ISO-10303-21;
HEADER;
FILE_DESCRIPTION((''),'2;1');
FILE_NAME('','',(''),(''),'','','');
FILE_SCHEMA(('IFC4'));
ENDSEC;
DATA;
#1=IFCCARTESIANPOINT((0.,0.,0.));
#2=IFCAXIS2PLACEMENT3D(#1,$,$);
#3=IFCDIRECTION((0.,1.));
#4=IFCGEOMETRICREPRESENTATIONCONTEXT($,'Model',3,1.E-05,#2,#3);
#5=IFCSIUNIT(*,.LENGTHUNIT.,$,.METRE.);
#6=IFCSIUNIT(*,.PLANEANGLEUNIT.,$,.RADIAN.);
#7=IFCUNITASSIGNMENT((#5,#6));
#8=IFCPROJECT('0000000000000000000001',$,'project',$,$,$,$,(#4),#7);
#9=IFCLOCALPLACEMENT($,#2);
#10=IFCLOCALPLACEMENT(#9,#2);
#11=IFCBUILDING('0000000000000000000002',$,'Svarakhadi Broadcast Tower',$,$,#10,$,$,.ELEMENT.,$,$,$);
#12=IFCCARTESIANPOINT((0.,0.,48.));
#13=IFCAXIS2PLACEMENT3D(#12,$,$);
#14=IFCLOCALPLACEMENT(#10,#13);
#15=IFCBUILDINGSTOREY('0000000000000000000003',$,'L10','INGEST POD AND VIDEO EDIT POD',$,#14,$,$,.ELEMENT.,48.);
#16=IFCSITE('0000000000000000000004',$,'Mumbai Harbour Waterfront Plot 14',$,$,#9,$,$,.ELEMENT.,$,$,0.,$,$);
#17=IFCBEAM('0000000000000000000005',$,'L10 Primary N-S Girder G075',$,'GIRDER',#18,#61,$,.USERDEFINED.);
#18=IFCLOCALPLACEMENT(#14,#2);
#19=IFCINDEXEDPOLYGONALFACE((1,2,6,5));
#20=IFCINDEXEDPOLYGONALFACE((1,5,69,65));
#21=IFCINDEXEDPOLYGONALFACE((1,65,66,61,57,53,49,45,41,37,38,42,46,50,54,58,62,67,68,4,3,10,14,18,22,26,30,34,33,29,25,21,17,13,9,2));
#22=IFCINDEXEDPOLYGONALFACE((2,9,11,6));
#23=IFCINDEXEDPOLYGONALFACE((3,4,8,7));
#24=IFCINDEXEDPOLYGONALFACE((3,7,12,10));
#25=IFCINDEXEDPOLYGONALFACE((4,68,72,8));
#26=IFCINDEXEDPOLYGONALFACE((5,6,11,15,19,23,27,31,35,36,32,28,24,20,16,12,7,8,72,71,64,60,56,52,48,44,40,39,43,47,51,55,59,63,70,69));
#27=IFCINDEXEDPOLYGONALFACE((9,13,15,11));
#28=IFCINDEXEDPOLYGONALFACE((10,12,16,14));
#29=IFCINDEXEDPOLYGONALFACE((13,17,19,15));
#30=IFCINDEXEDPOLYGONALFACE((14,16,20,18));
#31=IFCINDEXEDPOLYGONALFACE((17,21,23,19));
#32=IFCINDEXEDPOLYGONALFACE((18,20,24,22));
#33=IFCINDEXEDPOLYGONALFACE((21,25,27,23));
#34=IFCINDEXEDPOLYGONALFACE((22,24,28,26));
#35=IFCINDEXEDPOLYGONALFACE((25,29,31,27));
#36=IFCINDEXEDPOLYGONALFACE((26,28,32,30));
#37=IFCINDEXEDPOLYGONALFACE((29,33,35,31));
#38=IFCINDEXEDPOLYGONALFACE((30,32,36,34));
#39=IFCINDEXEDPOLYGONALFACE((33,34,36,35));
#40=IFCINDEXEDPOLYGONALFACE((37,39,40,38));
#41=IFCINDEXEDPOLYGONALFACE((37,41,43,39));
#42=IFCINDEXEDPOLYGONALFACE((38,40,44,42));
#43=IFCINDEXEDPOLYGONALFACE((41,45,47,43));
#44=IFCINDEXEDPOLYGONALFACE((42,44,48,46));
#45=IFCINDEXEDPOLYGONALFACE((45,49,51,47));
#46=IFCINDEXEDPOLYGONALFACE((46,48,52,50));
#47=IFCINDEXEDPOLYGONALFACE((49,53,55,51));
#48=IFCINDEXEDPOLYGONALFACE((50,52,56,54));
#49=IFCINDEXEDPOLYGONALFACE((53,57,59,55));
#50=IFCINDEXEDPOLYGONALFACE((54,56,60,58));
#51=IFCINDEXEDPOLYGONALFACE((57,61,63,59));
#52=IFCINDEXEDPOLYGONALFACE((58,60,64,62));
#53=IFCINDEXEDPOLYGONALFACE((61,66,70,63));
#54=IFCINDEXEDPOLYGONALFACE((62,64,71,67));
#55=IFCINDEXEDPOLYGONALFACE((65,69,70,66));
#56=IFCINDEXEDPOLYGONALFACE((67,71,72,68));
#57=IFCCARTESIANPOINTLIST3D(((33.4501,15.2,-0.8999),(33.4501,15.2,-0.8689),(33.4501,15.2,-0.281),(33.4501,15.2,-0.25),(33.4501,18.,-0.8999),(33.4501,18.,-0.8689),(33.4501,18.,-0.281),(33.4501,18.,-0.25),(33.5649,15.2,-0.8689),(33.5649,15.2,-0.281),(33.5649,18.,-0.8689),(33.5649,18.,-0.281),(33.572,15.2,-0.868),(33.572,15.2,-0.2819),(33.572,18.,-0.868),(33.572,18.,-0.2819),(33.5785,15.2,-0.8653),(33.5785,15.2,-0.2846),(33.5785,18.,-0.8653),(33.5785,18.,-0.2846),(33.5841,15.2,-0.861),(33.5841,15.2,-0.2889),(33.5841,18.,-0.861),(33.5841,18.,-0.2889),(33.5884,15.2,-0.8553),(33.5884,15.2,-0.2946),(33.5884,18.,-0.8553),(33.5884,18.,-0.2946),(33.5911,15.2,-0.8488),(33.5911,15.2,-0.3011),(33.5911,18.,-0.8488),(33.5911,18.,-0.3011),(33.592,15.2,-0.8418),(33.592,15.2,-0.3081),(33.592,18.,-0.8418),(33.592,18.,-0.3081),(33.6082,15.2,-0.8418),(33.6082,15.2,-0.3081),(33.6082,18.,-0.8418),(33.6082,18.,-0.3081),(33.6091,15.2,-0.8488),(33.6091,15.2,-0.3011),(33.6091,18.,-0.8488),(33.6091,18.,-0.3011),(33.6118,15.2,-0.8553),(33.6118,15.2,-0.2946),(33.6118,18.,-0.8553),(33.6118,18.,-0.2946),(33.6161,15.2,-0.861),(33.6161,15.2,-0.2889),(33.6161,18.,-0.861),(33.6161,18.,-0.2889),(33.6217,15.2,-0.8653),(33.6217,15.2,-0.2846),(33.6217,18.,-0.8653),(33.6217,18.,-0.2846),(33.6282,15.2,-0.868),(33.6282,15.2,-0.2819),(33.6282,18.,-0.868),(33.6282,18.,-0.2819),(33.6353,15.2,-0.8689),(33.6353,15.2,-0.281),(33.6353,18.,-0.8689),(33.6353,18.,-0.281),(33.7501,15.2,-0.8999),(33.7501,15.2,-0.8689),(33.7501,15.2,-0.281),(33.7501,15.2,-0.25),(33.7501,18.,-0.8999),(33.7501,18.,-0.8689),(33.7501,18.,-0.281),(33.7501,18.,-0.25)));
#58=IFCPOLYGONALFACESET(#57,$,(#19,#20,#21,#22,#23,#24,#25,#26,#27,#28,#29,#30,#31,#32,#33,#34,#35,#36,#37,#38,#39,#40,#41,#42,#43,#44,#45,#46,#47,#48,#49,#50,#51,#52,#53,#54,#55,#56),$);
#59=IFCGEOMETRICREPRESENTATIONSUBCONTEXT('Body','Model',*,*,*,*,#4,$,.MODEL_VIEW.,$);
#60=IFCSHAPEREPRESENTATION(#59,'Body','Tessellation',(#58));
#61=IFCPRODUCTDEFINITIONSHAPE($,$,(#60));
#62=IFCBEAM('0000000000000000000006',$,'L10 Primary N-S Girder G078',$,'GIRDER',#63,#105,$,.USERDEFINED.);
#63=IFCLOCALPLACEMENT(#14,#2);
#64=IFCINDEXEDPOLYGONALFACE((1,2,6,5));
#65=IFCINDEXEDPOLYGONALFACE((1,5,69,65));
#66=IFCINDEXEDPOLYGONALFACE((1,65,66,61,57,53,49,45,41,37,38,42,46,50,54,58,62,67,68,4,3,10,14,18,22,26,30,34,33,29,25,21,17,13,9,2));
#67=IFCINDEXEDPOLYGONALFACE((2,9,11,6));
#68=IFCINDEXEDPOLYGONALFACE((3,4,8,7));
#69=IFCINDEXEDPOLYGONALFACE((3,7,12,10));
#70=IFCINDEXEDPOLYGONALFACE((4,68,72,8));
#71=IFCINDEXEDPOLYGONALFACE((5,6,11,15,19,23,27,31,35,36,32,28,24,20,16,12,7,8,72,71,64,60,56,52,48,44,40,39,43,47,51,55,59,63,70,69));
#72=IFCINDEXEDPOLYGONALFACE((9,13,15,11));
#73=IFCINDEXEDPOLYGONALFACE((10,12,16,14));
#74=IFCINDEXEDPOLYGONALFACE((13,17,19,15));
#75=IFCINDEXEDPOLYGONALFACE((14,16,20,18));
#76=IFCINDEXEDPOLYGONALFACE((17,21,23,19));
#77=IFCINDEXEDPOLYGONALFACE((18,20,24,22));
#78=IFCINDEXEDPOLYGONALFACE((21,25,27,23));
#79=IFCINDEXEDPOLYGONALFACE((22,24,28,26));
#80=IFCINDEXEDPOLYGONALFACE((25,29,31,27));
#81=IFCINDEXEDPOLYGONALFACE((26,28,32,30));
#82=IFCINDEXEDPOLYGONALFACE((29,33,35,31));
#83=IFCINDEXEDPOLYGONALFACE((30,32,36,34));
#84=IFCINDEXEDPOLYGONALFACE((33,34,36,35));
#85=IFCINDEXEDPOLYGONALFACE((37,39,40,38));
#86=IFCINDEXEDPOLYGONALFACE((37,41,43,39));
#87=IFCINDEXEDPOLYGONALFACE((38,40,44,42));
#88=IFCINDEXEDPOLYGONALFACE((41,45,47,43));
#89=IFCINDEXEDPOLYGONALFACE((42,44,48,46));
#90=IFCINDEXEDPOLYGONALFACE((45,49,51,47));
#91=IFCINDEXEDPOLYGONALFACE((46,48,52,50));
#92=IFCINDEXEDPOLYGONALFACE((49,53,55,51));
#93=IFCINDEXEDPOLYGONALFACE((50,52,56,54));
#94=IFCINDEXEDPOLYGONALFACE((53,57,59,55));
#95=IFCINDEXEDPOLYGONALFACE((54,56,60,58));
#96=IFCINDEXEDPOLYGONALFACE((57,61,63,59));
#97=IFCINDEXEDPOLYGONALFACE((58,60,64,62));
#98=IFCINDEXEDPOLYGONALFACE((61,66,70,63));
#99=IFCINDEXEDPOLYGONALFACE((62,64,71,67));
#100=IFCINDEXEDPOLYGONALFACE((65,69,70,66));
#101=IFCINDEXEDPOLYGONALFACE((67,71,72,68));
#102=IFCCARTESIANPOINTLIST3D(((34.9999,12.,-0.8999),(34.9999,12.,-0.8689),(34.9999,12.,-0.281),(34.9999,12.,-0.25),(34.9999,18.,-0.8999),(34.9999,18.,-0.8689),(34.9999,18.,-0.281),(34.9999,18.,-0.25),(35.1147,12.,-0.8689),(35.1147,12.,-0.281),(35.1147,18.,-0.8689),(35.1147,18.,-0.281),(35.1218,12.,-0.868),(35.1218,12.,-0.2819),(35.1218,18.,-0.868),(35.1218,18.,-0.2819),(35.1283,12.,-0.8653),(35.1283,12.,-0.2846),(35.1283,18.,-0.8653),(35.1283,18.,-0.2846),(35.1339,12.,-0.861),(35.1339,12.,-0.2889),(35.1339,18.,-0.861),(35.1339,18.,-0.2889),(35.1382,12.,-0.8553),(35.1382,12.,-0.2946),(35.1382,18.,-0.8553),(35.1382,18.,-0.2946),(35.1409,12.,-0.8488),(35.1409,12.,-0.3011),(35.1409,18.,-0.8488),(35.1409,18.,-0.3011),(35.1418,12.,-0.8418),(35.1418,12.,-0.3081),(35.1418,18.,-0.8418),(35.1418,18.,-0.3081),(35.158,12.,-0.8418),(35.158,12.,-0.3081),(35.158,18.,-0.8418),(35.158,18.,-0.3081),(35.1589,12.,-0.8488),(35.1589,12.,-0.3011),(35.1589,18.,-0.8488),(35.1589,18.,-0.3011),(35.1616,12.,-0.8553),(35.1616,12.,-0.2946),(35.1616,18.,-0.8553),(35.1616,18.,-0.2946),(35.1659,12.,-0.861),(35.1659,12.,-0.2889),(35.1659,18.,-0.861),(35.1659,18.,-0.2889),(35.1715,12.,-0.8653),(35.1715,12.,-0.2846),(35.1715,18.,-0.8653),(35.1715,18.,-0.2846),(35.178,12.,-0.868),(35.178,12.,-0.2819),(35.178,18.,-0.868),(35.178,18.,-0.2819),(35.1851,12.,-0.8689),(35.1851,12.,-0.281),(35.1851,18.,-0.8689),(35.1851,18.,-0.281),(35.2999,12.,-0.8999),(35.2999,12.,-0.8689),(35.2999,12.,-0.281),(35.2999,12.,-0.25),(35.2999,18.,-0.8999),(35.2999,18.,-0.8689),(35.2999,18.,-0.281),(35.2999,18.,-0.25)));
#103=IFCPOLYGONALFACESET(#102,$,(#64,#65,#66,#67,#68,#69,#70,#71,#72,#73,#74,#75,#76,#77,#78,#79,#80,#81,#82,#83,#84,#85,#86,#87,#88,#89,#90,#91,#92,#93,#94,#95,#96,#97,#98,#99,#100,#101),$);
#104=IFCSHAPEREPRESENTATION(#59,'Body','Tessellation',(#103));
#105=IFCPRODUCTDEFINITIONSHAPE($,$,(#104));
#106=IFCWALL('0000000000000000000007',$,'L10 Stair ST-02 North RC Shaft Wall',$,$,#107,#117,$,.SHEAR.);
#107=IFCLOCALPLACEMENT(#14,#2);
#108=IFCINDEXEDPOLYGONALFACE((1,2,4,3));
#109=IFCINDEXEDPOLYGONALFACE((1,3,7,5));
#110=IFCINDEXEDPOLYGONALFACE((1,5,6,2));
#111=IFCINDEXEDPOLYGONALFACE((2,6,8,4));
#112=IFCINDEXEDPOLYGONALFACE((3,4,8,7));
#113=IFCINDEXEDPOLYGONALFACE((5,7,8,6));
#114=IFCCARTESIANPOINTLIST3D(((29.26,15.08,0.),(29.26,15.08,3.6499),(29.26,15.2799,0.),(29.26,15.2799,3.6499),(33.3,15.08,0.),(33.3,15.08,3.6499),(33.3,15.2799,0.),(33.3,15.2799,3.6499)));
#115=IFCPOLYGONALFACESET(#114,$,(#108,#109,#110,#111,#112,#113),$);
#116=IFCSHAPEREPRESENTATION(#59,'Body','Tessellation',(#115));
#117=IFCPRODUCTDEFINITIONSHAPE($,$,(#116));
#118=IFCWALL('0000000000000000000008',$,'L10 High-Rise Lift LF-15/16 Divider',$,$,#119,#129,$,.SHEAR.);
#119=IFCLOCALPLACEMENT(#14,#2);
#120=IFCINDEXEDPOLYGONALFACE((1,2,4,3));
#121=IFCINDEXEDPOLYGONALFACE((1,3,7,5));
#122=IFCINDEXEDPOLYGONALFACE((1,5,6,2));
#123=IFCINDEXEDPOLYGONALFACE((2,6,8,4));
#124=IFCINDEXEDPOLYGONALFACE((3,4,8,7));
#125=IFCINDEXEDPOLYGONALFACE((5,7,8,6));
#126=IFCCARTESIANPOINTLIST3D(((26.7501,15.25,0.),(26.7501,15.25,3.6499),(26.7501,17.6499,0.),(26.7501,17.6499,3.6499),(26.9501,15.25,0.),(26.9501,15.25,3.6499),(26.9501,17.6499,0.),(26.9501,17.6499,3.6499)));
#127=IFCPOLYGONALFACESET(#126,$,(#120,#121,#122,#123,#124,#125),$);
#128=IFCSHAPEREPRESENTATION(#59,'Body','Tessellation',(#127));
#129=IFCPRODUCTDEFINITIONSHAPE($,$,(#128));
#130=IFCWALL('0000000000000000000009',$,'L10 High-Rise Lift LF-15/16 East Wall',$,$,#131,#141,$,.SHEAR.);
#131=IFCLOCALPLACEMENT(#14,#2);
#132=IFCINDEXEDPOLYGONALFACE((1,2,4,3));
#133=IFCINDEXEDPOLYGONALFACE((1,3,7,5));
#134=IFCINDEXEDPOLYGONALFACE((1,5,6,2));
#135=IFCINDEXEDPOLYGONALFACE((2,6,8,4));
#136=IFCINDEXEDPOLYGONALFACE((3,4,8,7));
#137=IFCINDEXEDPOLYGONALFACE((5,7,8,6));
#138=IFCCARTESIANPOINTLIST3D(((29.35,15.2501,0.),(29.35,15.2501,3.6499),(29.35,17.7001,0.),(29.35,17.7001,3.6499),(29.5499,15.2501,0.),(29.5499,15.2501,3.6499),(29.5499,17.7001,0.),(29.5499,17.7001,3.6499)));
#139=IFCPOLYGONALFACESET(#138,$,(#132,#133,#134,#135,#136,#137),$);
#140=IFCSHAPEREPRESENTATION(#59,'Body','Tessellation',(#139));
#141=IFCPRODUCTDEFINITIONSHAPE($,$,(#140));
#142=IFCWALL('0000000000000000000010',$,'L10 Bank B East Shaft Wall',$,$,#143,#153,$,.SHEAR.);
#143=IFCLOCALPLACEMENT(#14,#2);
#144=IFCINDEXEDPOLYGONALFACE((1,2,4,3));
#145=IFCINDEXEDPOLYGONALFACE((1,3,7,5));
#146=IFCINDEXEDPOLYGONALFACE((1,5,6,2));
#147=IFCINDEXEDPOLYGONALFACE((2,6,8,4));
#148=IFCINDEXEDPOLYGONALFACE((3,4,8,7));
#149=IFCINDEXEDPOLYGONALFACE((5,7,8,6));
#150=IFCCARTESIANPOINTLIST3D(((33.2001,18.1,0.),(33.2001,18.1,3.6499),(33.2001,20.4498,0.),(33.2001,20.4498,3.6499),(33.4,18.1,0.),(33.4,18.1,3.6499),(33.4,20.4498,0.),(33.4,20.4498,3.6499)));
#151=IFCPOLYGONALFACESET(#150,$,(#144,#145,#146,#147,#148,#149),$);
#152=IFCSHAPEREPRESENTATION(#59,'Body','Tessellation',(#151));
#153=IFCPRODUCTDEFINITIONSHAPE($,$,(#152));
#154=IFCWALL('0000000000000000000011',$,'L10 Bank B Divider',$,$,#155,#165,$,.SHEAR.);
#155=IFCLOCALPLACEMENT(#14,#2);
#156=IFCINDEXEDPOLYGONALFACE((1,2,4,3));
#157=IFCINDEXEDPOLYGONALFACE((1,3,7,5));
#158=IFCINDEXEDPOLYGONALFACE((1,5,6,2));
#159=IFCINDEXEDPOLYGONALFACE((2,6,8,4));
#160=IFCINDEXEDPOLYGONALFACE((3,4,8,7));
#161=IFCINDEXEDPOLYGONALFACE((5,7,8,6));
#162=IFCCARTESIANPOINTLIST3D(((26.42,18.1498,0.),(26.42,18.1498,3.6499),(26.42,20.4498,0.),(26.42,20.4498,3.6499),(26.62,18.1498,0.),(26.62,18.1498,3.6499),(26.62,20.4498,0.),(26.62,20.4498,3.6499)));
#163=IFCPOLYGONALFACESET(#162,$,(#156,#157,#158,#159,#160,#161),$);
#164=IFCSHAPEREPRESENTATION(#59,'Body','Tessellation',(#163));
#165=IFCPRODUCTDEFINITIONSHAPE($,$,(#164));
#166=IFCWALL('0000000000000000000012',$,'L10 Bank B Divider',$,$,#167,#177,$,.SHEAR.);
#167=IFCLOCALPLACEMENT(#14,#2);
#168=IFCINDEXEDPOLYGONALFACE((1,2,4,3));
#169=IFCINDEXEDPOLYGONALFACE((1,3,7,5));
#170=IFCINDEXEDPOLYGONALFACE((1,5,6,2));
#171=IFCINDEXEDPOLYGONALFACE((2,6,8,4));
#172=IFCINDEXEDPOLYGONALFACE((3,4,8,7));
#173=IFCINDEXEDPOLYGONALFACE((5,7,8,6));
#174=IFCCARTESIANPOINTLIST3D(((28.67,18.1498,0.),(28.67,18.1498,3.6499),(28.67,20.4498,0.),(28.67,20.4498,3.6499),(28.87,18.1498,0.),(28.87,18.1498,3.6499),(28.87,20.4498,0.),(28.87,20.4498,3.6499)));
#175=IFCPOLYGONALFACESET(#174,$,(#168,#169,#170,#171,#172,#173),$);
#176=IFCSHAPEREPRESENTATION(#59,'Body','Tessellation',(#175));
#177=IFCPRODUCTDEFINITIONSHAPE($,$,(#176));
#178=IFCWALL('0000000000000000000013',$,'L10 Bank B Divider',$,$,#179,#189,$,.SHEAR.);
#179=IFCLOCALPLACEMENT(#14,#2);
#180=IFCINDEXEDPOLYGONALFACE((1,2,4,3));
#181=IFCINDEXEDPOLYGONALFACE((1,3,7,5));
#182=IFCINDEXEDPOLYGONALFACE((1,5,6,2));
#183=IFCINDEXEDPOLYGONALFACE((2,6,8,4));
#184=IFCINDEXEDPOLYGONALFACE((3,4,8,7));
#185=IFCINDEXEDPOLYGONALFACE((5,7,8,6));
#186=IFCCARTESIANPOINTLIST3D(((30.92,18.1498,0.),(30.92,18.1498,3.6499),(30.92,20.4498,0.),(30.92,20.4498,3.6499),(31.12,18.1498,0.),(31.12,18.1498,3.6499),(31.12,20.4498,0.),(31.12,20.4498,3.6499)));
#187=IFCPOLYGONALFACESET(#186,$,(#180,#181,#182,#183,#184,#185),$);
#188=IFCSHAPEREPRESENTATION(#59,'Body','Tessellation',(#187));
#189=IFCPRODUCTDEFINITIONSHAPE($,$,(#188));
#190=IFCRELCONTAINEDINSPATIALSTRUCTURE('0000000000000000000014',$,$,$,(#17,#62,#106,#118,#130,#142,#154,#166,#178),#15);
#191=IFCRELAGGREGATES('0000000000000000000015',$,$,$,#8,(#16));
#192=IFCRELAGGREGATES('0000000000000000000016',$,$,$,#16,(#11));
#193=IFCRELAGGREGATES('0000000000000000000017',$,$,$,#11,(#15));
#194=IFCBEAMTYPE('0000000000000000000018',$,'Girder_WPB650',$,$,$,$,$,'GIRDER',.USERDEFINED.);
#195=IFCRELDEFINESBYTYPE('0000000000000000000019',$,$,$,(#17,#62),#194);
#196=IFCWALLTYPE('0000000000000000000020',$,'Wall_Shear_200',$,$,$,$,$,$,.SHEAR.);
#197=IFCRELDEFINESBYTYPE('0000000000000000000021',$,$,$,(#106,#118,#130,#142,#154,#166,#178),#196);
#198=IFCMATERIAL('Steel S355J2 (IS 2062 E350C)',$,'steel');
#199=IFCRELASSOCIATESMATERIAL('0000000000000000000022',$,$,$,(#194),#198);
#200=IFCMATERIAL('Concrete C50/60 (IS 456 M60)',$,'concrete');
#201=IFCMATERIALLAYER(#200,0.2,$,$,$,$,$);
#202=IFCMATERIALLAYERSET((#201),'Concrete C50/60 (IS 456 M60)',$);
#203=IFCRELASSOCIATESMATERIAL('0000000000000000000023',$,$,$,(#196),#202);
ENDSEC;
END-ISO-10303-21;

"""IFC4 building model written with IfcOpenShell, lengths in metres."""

from ifc_helpers import new_model, si_unit, direction, frame, frame_2d, origin, origin_2d, place, context, subcontext, project, spatial, rectangle, i_section, extrude, material, layer, layer_set, material_profile, profile_set, type_object, element, save


model = new_model("IFC4")

# Units and contexts
model_context = context("Model", 3, precision=1e-05, world=origin(), true_north=direction((0.0, 1.0)))
body_context = subcontext(model_context, "Body", "Model", "MODEL_VIEW")
ifc_project = project(units=[si_unit("LENGTHUNIT", "METRE"), si_unit("PLANEANGLEUNIT", "RADIAN")], contexts=[model_context])

# Site, building, storey
site_placement = place(None, origin())
site = spatial("IfcSite", under=ifc_project, at=site_placement, Name="Mumbai Harbour Waterfront Plot 14", CompositionType="ELEMENT", RefElevation=0.0)
building_placement = place(site_placement, origin())
building = spatial("IfcBuilding", under=site, at=building_placement, Name="Svarakhadi Broadcast Tower", CompositionType="ELEMENT")
storey_placement = place(building_placement, frame((0.0, 0.0, 48.0)))
storey = spatial("IfcBuildingStorey", under=building, at=storey_placement, Name="L10", Description="INGEST POD AND VIDEO EDIT POD", CompositionType="ELEMENT", Elevation=48.0)

# Beams
ifc_material_1 = material(Name="Steel S355J2 (IS 2062 E350C)", Category="steel")
ifc_material_profile_1 = material_profile(ifc_material_1, i_section(OverallWidth=0.3, OverallDepth=0.6499, WebThickness=0.0161, FlangeThickness=0.031, FilletRadius=0.0271, at=origin_2d()), Name="WPB 650x300x225")
ifc_profile_set_1 = profile_set([ifc_material_profile_1], Name="Steel S355J2 (IS 2062 E350C)")
beam_type = type_object("IfcBeamType", Name="Girder_WPB650", ElementType="GIRDER", PredefinedType="USERDEFINED", material=ifc_profile_set_1)
beam_1_placement = place(storey_placement, frame((33.6001, 15.2, -0.575), z_axis=(0.0, 1.0, 0.0), x_axis=(-1.0, 0.0, 0.0)))
element("IfcBeam", 1, at=beam_1_placement, inside=storey, type_object=beam_type, Name="L10 Primary N-S Girder G075", ObjectType="GIRDER", PredefinedType="USERDEFINED", context=body_context, shape_type="SweptSolid", body=[
    extrude(i_section(OverallWidth=0.3, OverallDepth=0.6499, WebThickness=0.0161, FlangeThickness=0.031, FilletRadius=0.0271, at=origin_2d()), origin(), (0.0, 0.0, 1.0), 2.8),
])
beam_2_placement = place(storey_placement, frame((35.1499, 12.0, -0.575), z_axis=(0.0, 1.0, 0.0), x_axis=(-1.0, 0.0, 0.0)))
element("IfcBeam", 2, at=beam_2_placement, inside=storey, type_object=beam_type, Name="L10 Primary N-S Girder G078", ObjectType="GIRDER", PredefinedType="USERDEFINED", context=body_context, shape_type="SweptSolid", body=[
    extrude(i_section(OverallWidth=0.3, OverallDepth=0.6499, WebThickness=0.0161, FlangeThickness=0.031, FilletRadius=0.0271, at=origin_2d()), origin(), (0.0, 0.0, 1.0), 6.0),
])

# Wall
ifc_material_2 = material(Name="Concrete C50/60 (IS 456 M60)", Category="concrete")
ifc_layer = layer(ifc_material_2, 0.2)
ifc_layer_set = layer_set([ifc_layer], Name="Concrete C50/60 (IS 456 M60)")
wall_type = type_object("IfcWallType", Name="Wall_Shear_200", PredefinedType="SHEAR", material=ifc_layer_set)
wall_1_placement = place(storey_placement, frame((29.26, 15.1799, 0.0), z_axis=(0.0, 0.0, 1.0), x_axis=(1.0, 0.0, 0.0)))
element("IfcWall", 3, at=wall_1_placement, inside=storey, type_object=wall_type, Name="L10 Stair ST-02 North RC Shaft Wall", PredefinedType="SHEAR", context=body_context, shape_type="SweptSolid", body=[
    extrude(rectangle(XDim=4.04, YDim=0.2, at=frame_2d((2.02, 0.0))), origin(), (0.0, 0.0, 1.0), 3.6499),
])

# Walls
wall_2_placement = place(storey_placement, frame((26.8501, 15.25, 0.0), z_axis=(0.0, 0.0, 1.0), x_axis=(0.0, 1.0, 0.0)))
element("IfcWall", 4, at=wall_2_placement, inside=storey, type_object=wall_type, Name="L10 High-Rise Lift LF-15/16 Divider", PredefinedType="SHEAR", context=body_context, shape_type="SweptSolid", body=[
    extrude(rectangle(XDim=2.3999, YDim=0.2, at=frame_2d((1.2, 0.0))), origin(), (0.0, 0.0, 1.0), 3.6499),
])
wall_3_placement = place(storey_placement, frame((29.45, 15.25, 0.0), z_axis=(0.0, 0.0, 1.0), x_axis=(0.0, 1.0, 0.0)))
element("IfcWall", 5, at=wall_3_placement, inside=storey, type_object=wall_type, Name="L10 High-Rise Lift LF-15/16 East Wall", PredefinedType="SHEAR", context=body_context, shape_type="SweptSolid", body=[
    extrude(rectangle(XDim=2.45, YDim=0.2, at=frame_2d((1.2251, 0.0))), origin(), (0.0, 0.0, 1.0), 3.6499),
])
wall_4_placement = place(storey_placement, frame((33.3, 18.1001, 0.0), z_axis=(0.0, 0.0, 1.0), x_axis=(0.0, 1.0, 0.0)))
element("IfcWall", 6, at=wall_4_placement, inside=storey, type_object=wall_type, Name="L10 Bank B East Shaft Wall", PredefinedType="SHEAR", context=body_context, shape_type="SweptSolid", body=[
    extrude(rectangle(XDim=2.3499, YDim=0.2, at=frame_2d((1.1748, 0.0))), origin(), (0.0, 0.0, 1.0), 3.6499),
])
for number, where, z_axis, x_axis, name in (
    (7, (26.52, 18.1499, 0.0), (0.0, 0.0, 1.0), (0.0, 1.0, 0.0), "L10 Bank B Divider"),
    (8, (28.77, 18.1499, 0.0), (0.0, 0.0, 1.0), (0.0, 1.0, 0.0), "L10 Bank B Divider"),
    (9, (31.02, 18.1499, 0.0), (0.0, 0.0, 1.0), (0.0, 1.0, 0.0), "L10 Bank B Divider"),
):
    element("IfcWall", number, at=place(storey_placement, frame(where, z_axis=z_axis, x_axis=x_axis)), inside=storey, type_object=wall_type, Name=name, PredefinedType="SHEAR", context=body_context, shape_type="SweptSolid", body=[
        extrude(rectangle(XDim=2.3, YDim=0.2, at=frame_2d((1.1499, 0.0))), origin(), (0.0, 0.0, 1.0), 3.6499),
    ])

save(model, "model.ifc")
